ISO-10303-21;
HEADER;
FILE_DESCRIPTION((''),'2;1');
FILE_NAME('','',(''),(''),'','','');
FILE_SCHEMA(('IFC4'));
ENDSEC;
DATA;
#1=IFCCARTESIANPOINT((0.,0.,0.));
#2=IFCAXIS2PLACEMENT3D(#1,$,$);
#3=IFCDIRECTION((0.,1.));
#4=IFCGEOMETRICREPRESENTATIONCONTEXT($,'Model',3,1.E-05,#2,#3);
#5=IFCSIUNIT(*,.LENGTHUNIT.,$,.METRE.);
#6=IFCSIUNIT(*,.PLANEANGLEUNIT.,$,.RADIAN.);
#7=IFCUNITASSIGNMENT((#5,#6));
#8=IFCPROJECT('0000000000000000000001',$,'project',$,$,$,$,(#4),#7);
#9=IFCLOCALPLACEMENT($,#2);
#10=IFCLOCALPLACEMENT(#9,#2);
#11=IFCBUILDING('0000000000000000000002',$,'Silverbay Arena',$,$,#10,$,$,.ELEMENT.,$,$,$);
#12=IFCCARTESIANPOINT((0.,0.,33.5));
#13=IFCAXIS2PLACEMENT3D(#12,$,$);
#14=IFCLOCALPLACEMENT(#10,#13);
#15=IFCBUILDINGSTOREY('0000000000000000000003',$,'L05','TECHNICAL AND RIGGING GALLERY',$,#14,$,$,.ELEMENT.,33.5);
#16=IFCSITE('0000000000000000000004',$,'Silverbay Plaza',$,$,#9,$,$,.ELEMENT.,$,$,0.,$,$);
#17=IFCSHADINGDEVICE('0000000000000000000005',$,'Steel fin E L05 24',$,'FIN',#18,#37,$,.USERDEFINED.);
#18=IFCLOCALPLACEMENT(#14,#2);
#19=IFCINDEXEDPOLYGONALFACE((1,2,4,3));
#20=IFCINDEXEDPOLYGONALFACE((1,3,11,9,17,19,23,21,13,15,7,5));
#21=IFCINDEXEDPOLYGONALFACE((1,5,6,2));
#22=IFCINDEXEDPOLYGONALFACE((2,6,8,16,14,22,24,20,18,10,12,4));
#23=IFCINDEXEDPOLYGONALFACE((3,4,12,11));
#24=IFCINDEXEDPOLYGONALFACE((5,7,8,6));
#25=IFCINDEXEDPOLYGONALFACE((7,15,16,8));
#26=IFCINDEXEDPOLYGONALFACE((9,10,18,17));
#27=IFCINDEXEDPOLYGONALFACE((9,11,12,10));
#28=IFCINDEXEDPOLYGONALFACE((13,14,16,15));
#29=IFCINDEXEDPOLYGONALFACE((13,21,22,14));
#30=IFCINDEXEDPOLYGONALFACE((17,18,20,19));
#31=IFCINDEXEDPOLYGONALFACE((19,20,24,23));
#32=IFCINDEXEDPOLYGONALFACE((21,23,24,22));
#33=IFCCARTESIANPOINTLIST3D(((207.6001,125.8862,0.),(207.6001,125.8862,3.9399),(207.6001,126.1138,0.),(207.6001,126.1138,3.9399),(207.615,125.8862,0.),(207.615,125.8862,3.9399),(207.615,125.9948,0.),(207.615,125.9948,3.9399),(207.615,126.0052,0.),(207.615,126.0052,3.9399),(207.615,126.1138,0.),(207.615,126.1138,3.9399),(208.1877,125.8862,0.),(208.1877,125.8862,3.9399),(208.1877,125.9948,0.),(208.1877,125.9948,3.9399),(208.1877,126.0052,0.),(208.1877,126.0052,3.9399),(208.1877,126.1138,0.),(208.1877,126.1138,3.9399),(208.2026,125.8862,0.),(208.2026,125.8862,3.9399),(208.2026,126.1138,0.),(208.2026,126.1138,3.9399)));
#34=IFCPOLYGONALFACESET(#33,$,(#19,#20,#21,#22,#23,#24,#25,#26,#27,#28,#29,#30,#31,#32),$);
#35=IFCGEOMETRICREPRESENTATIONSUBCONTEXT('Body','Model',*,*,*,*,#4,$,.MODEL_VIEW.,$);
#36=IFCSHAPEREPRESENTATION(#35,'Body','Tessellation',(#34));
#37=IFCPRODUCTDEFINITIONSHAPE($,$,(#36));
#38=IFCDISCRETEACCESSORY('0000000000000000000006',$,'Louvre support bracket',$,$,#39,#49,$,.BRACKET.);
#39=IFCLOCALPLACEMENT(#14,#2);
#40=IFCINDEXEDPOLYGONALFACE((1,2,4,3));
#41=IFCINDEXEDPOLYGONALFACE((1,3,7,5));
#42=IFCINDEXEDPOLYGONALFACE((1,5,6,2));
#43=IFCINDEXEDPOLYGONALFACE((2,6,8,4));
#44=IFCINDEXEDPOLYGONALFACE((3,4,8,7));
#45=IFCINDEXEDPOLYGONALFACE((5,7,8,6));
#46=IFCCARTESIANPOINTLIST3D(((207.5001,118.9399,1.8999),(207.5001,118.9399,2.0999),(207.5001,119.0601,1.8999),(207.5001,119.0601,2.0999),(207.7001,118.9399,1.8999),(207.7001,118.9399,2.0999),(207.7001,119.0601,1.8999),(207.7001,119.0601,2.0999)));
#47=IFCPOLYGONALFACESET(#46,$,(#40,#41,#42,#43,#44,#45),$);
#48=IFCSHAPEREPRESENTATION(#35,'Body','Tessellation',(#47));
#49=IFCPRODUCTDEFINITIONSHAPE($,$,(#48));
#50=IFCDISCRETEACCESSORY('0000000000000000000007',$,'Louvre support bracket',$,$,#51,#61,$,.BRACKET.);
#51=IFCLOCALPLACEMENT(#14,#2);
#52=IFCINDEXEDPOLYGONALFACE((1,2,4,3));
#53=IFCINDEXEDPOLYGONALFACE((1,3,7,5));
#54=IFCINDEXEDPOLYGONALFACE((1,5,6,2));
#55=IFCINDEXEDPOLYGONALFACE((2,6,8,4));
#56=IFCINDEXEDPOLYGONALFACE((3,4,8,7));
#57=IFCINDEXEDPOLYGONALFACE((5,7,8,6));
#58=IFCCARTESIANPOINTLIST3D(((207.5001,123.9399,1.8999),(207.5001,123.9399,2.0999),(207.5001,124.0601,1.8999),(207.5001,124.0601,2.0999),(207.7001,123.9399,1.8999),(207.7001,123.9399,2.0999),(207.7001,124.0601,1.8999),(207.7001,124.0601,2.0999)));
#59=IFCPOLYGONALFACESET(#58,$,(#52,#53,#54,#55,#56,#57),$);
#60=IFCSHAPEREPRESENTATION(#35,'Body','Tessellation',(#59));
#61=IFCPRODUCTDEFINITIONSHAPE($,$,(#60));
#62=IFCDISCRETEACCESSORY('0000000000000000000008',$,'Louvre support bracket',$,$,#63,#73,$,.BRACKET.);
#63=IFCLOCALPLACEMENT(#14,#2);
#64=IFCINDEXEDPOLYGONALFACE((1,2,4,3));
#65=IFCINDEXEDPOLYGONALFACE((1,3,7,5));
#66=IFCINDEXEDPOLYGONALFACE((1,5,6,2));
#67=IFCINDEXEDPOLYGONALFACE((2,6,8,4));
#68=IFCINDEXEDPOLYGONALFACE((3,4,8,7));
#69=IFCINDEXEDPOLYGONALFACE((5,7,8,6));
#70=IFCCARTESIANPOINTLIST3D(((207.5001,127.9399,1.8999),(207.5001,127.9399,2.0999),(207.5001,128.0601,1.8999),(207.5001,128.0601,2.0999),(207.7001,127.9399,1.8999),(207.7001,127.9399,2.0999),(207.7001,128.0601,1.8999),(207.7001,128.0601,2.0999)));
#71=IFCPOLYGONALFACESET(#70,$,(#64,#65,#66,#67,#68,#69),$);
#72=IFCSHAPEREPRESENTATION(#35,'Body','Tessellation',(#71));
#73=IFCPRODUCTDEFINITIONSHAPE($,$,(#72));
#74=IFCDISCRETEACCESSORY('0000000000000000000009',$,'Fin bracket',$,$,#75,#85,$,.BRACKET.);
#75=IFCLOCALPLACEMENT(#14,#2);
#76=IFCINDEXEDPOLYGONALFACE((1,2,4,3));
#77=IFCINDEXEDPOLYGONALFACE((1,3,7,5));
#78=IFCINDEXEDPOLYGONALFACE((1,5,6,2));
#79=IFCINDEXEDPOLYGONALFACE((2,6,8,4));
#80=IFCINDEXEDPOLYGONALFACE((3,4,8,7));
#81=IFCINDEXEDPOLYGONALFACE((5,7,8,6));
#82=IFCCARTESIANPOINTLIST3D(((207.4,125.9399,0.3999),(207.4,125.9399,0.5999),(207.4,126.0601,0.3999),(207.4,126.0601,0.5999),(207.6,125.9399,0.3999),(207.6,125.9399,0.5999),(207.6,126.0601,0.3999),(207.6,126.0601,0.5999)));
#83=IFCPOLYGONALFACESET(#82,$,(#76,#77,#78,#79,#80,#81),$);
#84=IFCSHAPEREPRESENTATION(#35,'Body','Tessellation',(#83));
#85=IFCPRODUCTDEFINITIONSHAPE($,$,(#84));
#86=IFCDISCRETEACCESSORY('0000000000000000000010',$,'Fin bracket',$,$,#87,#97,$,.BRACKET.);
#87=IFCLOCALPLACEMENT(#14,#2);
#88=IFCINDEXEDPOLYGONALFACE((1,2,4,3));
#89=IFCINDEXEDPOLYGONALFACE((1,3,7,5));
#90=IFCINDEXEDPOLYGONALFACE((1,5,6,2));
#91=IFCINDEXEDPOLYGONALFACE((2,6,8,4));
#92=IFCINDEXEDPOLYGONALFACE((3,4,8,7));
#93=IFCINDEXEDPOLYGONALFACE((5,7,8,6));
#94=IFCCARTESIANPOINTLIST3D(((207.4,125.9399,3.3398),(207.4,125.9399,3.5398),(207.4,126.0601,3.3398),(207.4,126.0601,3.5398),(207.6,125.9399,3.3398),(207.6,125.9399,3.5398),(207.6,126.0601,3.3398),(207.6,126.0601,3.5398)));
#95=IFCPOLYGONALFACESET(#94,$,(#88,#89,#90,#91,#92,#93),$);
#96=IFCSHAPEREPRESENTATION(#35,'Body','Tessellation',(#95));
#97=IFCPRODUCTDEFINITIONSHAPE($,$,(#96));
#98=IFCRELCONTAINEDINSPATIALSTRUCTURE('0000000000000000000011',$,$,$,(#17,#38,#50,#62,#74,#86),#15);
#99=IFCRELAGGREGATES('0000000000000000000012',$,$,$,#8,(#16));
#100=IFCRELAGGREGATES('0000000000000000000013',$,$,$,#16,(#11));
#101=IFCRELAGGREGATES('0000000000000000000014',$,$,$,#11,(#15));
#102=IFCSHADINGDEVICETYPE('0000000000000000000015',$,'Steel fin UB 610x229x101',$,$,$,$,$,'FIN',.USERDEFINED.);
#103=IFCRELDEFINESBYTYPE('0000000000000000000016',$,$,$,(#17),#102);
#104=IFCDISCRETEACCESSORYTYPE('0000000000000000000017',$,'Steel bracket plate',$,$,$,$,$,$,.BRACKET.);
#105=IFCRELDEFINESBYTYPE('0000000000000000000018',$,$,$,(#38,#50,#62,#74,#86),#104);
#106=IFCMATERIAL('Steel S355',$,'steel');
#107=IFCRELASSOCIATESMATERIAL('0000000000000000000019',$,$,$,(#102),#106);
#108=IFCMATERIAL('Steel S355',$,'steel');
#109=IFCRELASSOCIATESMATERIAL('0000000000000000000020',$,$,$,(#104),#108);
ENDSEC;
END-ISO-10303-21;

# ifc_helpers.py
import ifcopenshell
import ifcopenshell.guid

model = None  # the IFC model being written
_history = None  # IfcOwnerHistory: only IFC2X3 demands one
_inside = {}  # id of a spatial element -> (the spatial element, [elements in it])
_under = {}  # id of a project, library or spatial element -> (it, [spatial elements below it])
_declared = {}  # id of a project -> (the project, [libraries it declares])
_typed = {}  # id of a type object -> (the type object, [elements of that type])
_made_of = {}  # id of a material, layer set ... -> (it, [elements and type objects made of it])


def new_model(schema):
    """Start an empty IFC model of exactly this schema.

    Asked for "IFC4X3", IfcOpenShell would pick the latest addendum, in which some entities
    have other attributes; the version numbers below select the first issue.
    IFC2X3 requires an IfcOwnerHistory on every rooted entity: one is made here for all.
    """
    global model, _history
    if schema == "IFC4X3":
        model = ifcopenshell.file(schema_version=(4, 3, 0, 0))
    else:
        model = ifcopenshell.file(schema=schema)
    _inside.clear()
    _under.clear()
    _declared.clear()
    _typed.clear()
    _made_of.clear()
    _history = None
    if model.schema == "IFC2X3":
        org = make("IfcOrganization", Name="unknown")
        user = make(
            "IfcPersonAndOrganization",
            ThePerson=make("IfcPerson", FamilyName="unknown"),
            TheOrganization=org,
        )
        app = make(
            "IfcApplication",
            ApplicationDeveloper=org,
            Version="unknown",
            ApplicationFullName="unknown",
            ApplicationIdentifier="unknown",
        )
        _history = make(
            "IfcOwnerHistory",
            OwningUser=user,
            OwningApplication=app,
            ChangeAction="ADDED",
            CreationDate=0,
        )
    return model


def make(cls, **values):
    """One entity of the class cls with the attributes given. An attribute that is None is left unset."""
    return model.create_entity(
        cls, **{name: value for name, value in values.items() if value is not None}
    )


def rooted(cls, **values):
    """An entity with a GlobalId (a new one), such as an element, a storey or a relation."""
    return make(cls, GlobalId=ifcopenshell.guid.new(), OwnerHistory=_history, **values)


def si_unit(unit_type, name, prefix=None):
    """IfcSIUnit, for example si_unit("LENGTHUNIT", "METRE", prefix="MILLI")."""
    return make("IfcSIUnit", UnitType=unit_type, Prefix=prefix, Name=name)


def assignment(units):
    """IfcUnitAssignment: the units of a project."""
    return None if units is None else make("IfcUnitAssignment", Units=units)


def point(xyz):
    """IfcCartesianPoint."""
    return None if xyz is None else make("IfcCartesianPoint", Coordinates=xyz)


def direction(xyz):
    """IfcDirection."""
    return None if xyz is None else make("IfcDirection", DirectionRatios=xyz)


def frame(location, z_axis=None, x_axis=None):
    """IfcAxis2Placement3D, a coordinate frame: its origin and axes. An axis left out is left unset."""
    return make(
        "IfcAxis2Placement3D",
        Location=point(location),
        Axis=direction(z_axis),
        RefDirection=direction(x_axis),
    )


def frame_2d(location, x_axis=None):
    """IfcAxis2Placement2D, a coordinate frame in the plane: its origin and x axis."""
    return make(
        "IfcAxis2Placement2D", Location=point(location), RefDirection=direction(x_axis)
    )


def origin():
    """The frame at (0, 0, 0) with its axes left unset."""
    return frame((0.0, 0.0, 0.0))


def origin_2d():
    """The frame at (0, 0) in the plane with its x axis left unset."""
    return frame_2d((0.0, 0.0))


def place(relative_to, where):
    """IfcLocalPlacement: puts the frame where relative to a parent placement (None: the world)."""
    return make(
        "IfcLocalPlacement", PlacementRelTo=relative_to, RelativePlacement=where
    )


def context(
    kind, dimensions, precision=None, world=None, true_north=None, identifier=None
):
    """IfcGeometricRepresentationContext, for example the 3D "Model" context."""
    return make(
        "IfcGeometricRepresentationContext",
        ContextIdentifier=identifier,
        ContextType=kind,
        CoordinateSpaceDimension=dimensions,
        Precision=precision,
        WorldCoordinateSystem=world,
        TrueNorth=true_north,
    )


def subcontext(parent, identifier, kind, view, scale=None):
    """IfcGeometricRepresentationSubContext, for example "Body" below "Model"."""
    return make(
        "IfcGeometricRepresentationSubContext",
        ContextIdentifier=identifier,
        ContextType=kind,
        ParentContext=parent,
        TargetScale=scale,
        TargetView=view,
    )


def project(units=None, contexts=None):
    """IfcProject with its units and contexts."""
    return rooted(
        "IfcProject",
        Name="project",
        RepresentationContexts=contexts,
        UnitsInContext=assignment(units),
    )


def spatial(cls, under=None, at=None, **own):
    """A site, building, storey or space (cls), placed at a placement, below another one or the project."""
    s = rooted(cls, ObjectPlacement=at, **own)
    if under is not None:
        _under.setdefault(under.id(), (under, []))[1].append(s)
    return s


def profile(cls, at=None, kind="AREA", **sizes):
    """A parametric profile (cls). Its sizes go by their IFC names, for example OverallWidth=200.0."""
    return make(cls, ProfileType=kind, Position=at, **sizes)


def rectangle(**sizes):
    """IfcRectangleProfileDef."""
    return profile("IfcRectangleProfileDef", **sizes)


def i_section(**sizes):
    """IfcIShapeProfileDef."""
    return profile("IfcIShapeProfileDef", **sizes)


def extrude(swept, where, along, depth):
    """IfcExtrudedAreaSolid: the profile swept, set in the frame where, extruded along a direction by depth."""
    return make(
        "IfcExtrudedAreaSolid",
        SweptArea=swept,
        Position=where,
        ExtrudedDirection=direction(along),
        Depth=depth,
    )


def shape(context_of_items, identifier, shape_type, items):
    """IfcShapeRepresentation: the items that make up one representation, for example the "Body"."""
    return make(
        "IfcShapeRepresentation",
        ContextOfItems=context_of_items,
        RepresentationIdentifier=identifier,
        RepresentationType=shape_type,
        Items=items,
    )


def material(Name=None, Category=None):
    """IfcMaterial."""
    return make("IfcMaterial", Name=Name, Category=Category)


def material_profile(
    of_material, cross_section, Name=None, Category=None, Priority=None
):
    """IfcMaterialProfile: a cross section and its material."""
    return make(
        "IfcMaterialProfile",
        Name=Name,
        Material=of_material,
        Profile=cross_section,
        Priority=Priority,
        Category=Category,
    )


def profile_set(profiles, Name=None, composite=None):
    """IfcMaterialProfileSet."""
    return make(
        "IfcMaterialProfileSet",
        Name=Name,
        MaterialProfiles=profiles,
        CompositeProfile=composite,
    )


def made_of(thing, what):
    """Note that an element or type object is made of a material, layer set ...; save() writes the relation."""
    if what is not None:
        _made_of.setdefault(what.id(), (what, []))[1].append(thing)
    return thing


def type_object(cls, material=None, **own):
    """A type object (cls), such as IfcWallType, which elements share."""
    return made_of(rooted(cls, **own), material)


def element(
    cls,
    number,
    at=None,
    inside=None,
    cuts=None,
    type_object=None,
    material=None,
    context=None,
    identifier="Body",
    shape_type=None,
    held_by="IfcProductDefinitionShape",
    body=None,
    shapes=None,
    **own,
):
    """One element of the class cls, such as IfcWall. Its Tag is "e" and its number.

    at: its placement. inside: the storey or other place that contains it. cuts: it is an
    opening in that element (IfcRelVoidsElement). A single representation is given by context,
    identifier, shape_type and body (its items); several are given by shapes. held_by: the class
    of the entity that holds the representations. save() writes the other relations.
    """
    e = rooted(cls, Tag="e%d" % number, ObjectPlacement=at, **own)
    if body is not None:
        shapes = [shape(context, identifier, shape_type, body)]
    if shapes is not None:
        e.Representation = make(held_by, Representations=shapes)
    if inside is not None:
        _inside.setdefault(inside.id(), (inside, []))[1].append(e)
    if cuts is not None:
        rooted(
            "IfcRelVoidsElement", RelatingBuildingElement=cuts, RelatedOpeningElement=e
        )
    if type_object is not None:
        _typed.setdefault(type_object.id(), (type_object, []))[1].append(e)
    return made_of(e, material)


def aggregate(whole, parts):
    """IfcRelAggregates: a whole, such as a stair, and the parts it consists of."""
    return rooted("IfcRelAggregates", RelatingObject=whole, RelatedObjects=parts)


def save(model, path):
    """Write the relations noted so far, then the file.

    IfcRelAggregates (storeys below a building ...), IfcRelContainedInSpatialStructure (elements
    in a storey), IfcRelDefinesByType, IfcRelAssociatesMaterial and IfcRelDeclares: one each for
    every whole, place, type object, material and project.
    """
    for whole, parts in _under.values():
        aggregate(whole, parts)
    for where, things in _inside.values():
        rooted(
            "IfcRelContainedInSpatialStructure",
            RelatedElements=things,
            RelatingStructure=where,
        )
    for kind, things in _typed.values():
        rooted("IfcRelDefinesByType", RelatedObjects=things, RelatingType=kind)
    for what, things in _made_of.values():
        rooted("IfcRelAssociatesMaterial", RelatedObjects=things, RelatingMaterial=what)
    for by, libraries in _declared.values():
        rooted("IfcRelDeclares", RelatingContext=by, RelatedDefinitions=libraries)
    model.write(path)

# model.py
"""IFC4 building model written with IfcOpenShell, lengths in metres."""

from ifc_helpers import new_model, si_unit, direction, frame, origin, origin_2d, place, context, subcontext, project, spatial, rectangle, i_section, extrude, material, material_profile, profile_set, type_object, element, save


model = new_model("IFC4")

# Units and contexts
model_context = context("Model", 3, precision=1e-05, world=origin(), true_north=direction((0.0, 1.0)))
body_context = subcontext(model_context, "Body", "Model", "MODEL_VIEW")
ifc_project = project(units=[si_unit("LENGTHUNIT", "METRE"), si_unit("PLANEANGLEUNIT", "RADIAN")], contexts=[model_context])

# Site, building, storey
site_placement = place(None, origin())
site = spatial("IfcSite", under=ifc_project, at=site_placement, Name="Silverbay Plaza", CompositionType="ELEMENT", RefElevation=0.0)
building_placement = place(site_placement, origin())
building = spatial("IfcBuilding", under=site, at=building_placement, Name="Silverbay Arena", CompositionType="ELEMENT")
storey_placement = place(building_placement, frame((0.0, 0.0, 33.5)))
storey = spatial("IfcBuildingStorey", under=building, at=storey_placement, Name="L05", Description="TECHNICAL AND RIGGING GALLERY", CompositionType="ELEMENT", Elevation=33.5)

# Shading device
ifc_material_1 = material(Name="Steel S355", Category="steel")
ifc_material_profile_1 = material_profile(ifc_material_1, i_section(OverallWidth=0.2275, OverallDepth=0.6025, WebThickness=0.0105, FlangeThickness=0.0149, at=origin_2d()), Name="UB 610x229x101")
ifc_profile_set_1 = profile_set([ifc_material_profile_1], Name="Steel S355")
shading_device_type_1 = type_object("IfcShadingDeviceType", Name="Steel fin UB 610x229x101", ElementType="FIN", PredefinedType="USERDEFINED", material=ifc_profile_set_1)
shading_device_1_placement = place(storey_placement, frame((207.9014, 126.0, 0.0), z_axis=(0.0, 0.0, 1.0), x_axis=(0.0, 1.0, 0.0)))
element("IfcShadingDevice", 1, at=shading_device_1_placement, inside=storey, type_object=shading_device_type_1, Name="Steel fin E L05 24", ObjectType="FIN", PredefinedType="USERDEFINED", context=body_context, shape_type="SweptSolid", body=[
    extrude(i_section(OverallWidth=0.2275, OverallDepth=0.6025, WebThickness=0.0105, FlangeThickness=0.0149, at=origin_2d()), origin(), (0.0, 0.0, 1.0), 3.9399),
])

# Discrete accessories
ifc_material_2 = material(Name="Steel S355", Category="steel")
discrete_accessory_type = type_object("IfcDiscreteAccessoryType", Name="Steel bracket plate", PredefinedType="BRACKET", material=ifc_material_2)
for number, where, z_axis, x_axis, name in (
    (2, (207.6001, 119.0, 1.8999), (0.0, 0.0, 1.0), (0.0, 1.0, 0.0), "Louvre support bracket"),
    (3, (207.6001, 124.0, 1.8999), (0.0, 0.0, 1.0), (0.0, 1.0, 0.0), "Louvre support bracket"),
    (4, (207.6001, 128.0, 1.8999), (0.0, 0.0, 1.0), (0.0, 1.0, 0.0), "Louvre support bracket"),
):
    element("IfcDiscreteAccessory", number, at=place(storey_placement, frame(where, z_axis=z_axis, x_axis=x_axis)), inside=storey, type_object=discrete_accessory_type, Name=name, PredefinedType="BRACKET", context=body_context, shape_type="SweptSolid", body=[
        extrude(rectangle(XDim=0.1201, YDim=0.2, at=origin_2d()), origin(), (0.0, 0.0, 1.0), 0.2),
    ])
for number, where, z_axis, x_axis, name in (
    (5, (207.5, 126.0, 0.3999), (0.0, 0.0, 1.0), (1.0, 0.0, 0.0), "Fin bracket"),
    (6, (207.5, 126.0, 3.3398), (0.0, 0.0, 1.0), (1.0, 0.0, 0.0), "Fin bracket"),
):
    element("IfcDiscreteAccessory", number, at=place(storey_placement, frame(where, z_axis=z_axis, x_axis=x_axis)), inside=storey, type_object=discrete_accessory_type, Name=name, PredefinedType="BRACKET", context=body_context, shape_type="SweptSolid", body=[
        extrude(rectangle(XDim=0.2, YDim=0.1201, at=origin_2d()), origin(), (0.0, 0.0, 1.0), 0.2),
    ])

save(model, "model.ifc")
